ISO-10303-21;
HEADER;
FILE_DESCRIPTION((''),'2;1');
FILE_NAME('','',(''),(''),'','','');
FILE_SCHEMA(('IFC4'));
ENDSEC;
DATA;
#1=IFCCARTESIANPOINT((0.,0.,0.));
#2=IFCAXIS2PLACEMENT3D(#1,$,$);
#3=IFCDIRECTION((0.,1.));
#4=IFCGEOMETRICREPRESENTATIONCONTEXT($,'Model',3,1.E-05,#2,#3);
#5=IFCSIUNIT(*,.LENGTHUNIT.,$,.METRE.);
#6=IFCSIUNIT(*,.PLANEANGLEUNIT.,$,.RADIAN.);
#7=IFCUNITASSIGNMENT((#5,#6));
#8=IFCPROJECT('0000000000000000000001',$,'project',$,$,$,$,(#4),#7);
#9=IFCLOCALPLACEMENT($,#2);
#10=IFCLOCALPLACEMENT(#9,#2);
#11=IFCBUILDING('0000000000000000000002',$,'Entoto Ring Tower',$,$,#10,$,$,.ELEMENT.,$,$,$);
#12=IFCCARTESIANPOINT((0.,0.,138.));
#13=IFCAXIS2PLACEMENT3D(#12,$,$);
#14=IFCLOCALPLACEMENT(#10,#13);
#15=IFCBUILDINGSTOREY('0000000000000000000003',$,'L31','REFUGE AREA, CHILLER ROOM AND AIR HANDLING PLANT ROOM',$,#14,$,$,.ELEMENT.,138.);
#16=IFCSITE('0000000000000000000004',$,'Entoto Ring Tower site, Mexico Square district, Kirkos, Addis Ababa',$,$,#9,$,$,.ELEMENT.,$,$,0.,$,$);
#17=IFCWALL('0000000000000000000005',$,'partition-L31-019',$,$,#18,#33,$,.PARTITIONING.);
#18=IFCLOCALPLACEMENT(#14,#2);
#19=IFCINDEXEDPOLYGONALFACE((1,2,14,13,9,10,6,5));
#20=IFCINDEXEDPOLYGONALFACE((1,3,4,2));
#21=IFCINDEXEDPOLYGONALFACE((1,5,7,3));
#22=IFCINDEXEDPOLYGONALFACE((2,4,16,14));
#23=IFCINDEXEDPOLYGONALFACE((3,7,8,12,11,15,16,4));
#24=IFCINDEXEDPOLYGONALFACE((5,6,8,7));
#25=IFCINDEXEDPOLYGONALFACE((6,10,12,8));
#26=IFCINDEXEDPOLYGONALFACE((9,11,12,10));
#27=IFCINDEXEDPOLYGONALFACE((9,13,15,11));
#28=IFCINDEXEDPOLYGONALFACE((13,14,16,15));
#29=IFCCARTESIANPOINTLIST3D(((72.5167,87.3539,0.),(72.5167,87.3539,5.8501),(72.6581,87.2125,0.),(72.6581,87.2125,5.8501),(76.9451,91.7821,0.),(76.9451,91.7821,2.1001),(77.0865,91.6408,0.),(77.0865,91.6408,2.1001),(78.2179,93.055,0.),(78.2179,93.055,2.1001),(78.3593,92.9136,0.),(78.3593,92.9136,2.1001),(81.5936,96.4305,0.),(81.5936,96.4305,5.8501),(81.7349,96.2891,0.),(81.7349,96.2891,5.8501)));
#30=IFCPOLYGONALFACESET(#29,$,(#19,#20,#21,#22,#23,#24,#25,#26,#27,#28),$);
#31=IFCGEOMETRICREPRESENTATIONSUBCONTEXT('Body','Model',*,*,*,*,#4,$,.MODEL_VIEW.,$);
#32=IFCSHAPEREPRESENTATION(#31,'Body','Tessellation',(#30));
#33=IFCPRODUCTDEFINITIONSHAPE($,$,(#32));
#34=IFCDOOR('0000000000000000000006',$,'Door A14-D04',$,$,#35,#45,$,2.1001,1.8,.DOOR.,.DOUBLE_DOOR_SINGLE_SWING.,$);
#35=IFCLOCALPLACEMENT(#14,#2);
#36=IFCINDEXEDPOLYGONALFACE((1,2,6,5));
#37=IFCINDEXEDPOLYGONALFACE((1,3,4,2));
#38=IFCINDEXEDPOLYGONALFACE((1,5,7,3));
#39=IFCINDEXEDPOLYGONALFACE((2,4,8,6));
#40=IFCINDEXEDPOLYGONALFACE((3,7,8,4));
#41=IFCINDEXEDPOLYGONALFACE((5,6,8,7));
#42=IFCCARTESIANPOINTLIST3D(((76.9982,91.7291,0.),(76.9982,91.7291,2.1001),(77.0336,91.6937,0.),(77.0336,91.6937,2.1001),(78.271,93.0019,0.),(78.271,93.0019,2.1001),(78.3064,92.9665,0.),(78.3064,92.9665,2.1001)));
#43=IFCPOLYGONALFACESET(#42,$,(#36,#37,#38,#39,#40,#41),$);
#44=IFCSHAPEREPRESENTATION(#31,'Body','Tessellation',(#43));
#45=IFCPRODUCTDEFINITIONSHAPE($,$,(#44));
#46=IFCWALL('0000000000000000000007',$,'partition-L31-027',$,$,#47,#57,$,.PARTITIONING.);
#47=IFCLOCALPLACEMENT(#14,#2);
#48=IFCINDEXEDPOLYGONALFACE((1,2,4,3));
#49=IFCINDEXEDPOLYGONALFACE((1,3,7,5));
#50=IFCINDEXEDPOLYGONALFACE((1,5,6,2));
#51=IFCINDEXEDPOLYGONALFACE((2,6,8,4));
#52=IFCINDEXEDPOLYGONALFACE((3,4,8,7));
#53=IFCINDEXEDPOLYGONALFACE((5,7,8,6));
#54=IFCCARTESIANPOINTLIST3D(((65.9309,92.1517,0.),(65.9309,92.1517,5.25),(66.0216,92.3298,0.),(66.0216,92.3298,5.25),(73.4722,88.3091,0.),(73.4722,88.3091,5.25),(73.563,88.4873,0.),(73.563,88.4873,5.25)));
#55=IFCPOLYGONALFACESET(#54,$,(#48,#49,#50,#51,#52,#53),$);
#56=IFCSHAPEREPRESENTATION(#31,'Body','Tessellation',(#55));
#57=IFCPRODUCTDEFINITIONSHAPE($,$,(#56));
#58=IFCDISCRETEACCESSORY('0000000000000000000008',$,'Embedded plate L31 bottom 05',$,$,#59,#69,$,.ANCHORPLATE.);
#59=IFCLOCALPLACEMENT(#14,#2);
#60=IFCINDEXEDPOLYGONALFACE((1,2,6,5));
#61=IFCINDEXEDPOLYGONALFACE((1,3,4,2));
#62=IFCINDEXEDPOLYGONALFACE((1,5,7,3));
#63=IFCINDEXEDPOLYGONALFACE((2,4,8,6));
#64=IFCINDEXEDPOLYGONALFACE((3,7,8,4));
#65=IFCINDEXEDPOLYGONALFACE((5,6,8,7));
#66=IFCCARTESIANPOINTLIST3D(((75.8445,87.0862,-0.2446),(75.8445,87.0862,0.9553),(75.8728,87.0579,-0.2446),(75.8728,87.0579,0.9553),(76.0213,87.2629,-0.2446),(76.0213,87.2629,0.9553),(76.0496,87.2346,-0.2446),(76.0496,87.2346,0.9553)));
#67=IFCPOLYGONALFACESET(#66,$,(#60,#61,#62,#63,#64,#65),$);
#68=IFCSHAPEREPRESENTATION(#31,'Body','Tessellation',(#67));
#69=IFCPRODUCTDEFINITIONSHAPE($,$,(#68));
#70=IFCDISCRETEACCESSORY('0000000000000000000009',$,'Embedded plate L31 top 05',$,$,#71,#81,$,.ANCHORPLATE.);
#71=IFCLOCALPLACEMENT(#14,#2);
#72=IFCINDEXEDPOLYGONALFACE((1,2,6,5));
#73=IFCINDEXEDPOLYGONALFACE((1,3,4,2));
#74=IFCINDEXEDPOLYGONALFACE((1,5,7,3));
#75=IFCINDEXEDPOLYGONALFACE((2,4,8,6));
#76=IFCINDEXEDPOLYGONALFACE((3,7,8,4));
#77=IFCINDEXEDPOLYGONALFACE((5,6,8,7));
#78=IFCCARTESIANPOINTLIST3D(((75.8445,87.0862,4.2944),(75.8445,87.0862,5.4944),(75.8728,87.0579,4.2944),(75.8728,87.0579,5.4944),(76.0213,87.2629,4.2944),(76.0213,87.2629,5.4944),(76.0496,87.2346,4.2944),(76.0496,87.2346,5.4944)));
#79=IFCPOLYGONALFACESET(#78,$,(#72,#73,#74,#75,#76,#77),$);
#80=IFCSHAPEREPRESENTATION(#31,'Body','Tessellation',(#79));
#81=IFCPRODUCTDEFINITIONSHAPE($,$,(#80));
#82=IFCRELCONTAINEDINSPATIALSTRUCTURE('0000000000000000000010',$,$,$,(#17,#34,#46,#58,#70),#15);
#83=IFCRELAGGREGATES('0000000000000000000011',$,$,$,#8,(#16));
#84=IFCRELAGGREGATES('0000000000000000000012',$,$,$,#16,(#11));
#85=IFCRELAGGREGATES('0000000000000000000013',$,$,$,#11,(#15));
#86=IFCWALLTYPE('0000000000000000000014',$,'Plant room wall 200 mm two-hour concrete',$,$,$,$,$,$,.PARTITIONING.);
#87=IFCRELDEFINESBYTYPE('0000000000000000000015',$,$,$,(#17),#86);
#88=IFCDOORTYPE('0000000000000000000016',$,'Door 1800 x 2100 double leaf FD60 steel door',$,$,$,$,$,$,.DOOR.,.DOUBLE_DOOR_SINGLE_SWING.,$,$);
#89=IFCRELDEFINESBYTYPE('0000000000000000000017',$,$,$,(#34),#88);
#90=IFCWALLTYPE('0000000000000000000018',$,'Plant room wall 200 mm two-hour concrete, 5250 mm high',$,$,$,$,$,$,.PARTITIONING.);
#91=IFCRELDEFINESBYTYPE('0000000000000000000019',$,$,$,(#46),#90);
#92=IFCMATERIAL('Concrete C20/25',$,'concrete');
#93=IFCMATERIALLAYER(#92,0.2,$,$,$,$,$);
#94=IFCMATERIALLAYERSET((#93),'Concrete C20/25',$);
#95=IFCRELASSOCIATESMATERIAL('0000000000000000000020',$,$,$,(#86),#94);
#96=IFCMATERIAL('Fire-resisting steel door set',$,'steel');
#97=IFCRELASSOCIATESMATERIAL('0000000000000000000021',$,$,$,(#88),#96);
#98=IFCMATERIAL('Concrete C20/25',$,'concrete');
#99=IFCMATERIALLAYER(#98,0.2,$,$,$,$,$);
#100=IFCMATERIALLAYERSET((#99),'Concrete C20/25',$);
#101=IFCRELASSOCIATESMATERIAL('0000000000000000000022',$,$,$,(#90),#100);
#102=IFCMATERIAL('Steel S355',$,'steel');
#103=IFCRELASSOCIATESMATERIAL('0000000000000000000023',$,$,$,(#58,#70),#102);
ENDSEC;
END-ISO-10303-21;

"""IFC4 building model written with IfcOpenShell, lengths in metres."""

from ifc_helpers import new_model, si_unit, direction, frame, frame_2d, origin, origin_2d, place, context, subcontext, project, spatial, rectangle, extrude, material, layer, layer_set, type_object, element, fill, save


model = new_model("IFC4")

# Units and contexts
model_context = context("Model", 3, precision=1e-05, world=origin(), true_north=direction((0.0, 1.0)))
body_context = subcontext(model_context, "Body", "Model", "MODEL_VIEW")
ifc_project = project(units=[si_unit("LENGTHUNIT", "METRE"), si_unit("PLANEANGLEUNIT", "RADIAN")], contexts=[model_context])

# Site, building, storey
site_placement = place(None, origin())
site = spatial("IfcSite", under=ifc_project, at=site_placement, Name="Entoto Ring Tower site, Mexico Square district, Kirkos, Addis Ababa", CompositionType="ELEMENT", RefElevation=0.0)
building_placement = place(site_placement, origin())
building = spatial("IfcBuilding", under=site, at=building_placement, Name="Entoto Ring Tower", CompositionType="ELEMENT")
storey_placement = place(building_placement, frame((0.0, 0.0, 138.0)))
storey = spatial("IfcBuildingStorey", under=building, at=storey_placement, Name="L31", Description="REFUGE AREA, CHILLER ROOM AND AIR HANDLING PLANT ROOM", CompositionType="ELEMENT", Elevation=138.0)

# Wall, opening, door
ifc_material_1 = material(Name="Concrete C20/25", Category="concrete")
ifc_layer_1 = layer(ifc_material_1, 0.2)
ifc_layer_set_1 = layer_set([ifc_layer_1], Name="Concrete C20/25")
wall_type_1 = type_object("IfcWallType", Name="Plant room wall 200 mm two-hour concrete", PredefinedType="PARTITIONING", material=ifc_layer_set_1)
wall_1_placement = place(storey_placement, frame((72.5874, 87.2832, 0.0), z_axis=(0.0, 0.0, 1.0), x_axis=(0.707116, 0.707097, 0.0)))
wall_1 = element("IfcWall", 1, at=wall_1_placement, inside=storey, type_object=wall_type_1, Name="partition-L31-019", PredefinedType="PARTITIONING", context=body_context, shape_type="SweptSolid", body=[
    extrude(rectangle(XDim=12.8364, YDim=0.2, at=frame_2d((6.4182, 0.0))), origin(), (0.0, 0.0, 1.0), 5.8501),
])
opening_1_placement = place(wall_1_placement, frame((6.2627, 0.0, 0.0)))
opening_1 = element("IfcOpeningElement", 2, at=opening_1_placement, cuts=wall_1, PredefinedType="OPENING", context=body_context, shape_type="SweptSolid", body=[
    extrude(rectangle(XDim=1.8, YDim=2.1001, at=frame_2d((0.8999, 1.05))), frame((0.0, 0.1099, 0.0), z_axis=(0.0, -1.0, 0.0), x_axis=(1.0, 0.0, 0.0)), (0.0, 0.0, 1.0), 0.22),
])
ifc_material_2 = material(Name="Fire-resisting steel door set", Category="steel")
door_type_1 = type_object("IfcDoorType", Name="Door 1800 x 2100 double leaf FD60 steel door", OperationType="DOUBLE_DOOR_SINGLE_SWING", PredefinedType="DOOR", material=ifc_material_2)
door_1_placement = place(opening_1_placement, origin())
door_1 = element("IfcDoor", 3, at=door_1_placement, inside=storey, type_object=door_type_1, Name="Door A14-D04", OperationType="DOUBLE_DOOR_SINGLE_SWING", OverallHeight=2.1001, OverallWidth=1.8, PredefinedType="DOOR", context=body_context, shape_type="SweptSolid", body=[
    extrude(rectangle(XDim=1.8, YDim=2.1001, at=frame_2d((0.8999, 1.05))), frame((0.0, 0.0249, 0.0), z_axis=(0.0, -1.0, 0.0), x_axis=(1.0, 0.0, 0.0)), (0.0, 0.0, 1.0), 0.05),
])
fill(opening_1, door_1)

# Wall
ifc_material_3 = material(Name="Concrete C20/25", Category="concrete")
ifc_layer_2 = layer(ifc_material_3, 0.2)
ifc_layer_set_2 = layer_set([ifc_layer_2], Name="Concrete C20/25")
wall_type_2 = type_object("IfcWallType", Name="Plant room wall 200 mm two-hour concrete, 5250 mm high", PredefinedType="PARTITIONING", material=ifc_layer_set_2)
wall_2_placement = place(storey_placement, frame((73.5176, 88.3982, 0.0), z_axis=(0.0, 0.0, 1.0), x_axis=(-0.891003, 0.453997, 0.0)))
element("IfcWall", 4, at=wall_2_placement, inside=storey, type_object=wall_type_2, Name="partition-L31-027", PredefinedType="PARTITIONING", context=body_context, shape_type="SweptSolid", body=[
    extrude(rectangle(XDim=8.4639, YDim=0.2, at=frame_2d((4.2319, 0.0))), origin(), (0.0, 0.0, 1.0), 5.25),
])

# Discrete accessories
ifc_material_4 = material(Name="Steel S355", Category="steel")
for number, where, z_axis, x_axis, name in (
    (5, (75.947, 87.1604, -0.2446), (0.0, 0.0, 1.0), (-0.707107, 0.707107, 0.0), "Embedded plate L31 bottom 05"),
    (6, (75.947, 87.1604, 4.2944), (0.0, 0.0, 1.0), (-0.707107, 0.707107, 0.0), "Embedded plate L31 top 05"),
):
    element("IfcDiscreteAccessory", number, at=place(storey_placement, frame(where, z_axis=z_axis, x_axis=x_axis)), inside=storey, material=ifc_material_4, Name=name, PredefinedType="ANCHORPLATE", context=body_context, shape_type="SweptSolid", body=[
        extrude(rectangle(XDim=0.04, YDim=0.25, at=origin_2d()), origin(), (0.0, 0.0, 1.0), 1.2),
    ])

save(model, "model.ifc")
